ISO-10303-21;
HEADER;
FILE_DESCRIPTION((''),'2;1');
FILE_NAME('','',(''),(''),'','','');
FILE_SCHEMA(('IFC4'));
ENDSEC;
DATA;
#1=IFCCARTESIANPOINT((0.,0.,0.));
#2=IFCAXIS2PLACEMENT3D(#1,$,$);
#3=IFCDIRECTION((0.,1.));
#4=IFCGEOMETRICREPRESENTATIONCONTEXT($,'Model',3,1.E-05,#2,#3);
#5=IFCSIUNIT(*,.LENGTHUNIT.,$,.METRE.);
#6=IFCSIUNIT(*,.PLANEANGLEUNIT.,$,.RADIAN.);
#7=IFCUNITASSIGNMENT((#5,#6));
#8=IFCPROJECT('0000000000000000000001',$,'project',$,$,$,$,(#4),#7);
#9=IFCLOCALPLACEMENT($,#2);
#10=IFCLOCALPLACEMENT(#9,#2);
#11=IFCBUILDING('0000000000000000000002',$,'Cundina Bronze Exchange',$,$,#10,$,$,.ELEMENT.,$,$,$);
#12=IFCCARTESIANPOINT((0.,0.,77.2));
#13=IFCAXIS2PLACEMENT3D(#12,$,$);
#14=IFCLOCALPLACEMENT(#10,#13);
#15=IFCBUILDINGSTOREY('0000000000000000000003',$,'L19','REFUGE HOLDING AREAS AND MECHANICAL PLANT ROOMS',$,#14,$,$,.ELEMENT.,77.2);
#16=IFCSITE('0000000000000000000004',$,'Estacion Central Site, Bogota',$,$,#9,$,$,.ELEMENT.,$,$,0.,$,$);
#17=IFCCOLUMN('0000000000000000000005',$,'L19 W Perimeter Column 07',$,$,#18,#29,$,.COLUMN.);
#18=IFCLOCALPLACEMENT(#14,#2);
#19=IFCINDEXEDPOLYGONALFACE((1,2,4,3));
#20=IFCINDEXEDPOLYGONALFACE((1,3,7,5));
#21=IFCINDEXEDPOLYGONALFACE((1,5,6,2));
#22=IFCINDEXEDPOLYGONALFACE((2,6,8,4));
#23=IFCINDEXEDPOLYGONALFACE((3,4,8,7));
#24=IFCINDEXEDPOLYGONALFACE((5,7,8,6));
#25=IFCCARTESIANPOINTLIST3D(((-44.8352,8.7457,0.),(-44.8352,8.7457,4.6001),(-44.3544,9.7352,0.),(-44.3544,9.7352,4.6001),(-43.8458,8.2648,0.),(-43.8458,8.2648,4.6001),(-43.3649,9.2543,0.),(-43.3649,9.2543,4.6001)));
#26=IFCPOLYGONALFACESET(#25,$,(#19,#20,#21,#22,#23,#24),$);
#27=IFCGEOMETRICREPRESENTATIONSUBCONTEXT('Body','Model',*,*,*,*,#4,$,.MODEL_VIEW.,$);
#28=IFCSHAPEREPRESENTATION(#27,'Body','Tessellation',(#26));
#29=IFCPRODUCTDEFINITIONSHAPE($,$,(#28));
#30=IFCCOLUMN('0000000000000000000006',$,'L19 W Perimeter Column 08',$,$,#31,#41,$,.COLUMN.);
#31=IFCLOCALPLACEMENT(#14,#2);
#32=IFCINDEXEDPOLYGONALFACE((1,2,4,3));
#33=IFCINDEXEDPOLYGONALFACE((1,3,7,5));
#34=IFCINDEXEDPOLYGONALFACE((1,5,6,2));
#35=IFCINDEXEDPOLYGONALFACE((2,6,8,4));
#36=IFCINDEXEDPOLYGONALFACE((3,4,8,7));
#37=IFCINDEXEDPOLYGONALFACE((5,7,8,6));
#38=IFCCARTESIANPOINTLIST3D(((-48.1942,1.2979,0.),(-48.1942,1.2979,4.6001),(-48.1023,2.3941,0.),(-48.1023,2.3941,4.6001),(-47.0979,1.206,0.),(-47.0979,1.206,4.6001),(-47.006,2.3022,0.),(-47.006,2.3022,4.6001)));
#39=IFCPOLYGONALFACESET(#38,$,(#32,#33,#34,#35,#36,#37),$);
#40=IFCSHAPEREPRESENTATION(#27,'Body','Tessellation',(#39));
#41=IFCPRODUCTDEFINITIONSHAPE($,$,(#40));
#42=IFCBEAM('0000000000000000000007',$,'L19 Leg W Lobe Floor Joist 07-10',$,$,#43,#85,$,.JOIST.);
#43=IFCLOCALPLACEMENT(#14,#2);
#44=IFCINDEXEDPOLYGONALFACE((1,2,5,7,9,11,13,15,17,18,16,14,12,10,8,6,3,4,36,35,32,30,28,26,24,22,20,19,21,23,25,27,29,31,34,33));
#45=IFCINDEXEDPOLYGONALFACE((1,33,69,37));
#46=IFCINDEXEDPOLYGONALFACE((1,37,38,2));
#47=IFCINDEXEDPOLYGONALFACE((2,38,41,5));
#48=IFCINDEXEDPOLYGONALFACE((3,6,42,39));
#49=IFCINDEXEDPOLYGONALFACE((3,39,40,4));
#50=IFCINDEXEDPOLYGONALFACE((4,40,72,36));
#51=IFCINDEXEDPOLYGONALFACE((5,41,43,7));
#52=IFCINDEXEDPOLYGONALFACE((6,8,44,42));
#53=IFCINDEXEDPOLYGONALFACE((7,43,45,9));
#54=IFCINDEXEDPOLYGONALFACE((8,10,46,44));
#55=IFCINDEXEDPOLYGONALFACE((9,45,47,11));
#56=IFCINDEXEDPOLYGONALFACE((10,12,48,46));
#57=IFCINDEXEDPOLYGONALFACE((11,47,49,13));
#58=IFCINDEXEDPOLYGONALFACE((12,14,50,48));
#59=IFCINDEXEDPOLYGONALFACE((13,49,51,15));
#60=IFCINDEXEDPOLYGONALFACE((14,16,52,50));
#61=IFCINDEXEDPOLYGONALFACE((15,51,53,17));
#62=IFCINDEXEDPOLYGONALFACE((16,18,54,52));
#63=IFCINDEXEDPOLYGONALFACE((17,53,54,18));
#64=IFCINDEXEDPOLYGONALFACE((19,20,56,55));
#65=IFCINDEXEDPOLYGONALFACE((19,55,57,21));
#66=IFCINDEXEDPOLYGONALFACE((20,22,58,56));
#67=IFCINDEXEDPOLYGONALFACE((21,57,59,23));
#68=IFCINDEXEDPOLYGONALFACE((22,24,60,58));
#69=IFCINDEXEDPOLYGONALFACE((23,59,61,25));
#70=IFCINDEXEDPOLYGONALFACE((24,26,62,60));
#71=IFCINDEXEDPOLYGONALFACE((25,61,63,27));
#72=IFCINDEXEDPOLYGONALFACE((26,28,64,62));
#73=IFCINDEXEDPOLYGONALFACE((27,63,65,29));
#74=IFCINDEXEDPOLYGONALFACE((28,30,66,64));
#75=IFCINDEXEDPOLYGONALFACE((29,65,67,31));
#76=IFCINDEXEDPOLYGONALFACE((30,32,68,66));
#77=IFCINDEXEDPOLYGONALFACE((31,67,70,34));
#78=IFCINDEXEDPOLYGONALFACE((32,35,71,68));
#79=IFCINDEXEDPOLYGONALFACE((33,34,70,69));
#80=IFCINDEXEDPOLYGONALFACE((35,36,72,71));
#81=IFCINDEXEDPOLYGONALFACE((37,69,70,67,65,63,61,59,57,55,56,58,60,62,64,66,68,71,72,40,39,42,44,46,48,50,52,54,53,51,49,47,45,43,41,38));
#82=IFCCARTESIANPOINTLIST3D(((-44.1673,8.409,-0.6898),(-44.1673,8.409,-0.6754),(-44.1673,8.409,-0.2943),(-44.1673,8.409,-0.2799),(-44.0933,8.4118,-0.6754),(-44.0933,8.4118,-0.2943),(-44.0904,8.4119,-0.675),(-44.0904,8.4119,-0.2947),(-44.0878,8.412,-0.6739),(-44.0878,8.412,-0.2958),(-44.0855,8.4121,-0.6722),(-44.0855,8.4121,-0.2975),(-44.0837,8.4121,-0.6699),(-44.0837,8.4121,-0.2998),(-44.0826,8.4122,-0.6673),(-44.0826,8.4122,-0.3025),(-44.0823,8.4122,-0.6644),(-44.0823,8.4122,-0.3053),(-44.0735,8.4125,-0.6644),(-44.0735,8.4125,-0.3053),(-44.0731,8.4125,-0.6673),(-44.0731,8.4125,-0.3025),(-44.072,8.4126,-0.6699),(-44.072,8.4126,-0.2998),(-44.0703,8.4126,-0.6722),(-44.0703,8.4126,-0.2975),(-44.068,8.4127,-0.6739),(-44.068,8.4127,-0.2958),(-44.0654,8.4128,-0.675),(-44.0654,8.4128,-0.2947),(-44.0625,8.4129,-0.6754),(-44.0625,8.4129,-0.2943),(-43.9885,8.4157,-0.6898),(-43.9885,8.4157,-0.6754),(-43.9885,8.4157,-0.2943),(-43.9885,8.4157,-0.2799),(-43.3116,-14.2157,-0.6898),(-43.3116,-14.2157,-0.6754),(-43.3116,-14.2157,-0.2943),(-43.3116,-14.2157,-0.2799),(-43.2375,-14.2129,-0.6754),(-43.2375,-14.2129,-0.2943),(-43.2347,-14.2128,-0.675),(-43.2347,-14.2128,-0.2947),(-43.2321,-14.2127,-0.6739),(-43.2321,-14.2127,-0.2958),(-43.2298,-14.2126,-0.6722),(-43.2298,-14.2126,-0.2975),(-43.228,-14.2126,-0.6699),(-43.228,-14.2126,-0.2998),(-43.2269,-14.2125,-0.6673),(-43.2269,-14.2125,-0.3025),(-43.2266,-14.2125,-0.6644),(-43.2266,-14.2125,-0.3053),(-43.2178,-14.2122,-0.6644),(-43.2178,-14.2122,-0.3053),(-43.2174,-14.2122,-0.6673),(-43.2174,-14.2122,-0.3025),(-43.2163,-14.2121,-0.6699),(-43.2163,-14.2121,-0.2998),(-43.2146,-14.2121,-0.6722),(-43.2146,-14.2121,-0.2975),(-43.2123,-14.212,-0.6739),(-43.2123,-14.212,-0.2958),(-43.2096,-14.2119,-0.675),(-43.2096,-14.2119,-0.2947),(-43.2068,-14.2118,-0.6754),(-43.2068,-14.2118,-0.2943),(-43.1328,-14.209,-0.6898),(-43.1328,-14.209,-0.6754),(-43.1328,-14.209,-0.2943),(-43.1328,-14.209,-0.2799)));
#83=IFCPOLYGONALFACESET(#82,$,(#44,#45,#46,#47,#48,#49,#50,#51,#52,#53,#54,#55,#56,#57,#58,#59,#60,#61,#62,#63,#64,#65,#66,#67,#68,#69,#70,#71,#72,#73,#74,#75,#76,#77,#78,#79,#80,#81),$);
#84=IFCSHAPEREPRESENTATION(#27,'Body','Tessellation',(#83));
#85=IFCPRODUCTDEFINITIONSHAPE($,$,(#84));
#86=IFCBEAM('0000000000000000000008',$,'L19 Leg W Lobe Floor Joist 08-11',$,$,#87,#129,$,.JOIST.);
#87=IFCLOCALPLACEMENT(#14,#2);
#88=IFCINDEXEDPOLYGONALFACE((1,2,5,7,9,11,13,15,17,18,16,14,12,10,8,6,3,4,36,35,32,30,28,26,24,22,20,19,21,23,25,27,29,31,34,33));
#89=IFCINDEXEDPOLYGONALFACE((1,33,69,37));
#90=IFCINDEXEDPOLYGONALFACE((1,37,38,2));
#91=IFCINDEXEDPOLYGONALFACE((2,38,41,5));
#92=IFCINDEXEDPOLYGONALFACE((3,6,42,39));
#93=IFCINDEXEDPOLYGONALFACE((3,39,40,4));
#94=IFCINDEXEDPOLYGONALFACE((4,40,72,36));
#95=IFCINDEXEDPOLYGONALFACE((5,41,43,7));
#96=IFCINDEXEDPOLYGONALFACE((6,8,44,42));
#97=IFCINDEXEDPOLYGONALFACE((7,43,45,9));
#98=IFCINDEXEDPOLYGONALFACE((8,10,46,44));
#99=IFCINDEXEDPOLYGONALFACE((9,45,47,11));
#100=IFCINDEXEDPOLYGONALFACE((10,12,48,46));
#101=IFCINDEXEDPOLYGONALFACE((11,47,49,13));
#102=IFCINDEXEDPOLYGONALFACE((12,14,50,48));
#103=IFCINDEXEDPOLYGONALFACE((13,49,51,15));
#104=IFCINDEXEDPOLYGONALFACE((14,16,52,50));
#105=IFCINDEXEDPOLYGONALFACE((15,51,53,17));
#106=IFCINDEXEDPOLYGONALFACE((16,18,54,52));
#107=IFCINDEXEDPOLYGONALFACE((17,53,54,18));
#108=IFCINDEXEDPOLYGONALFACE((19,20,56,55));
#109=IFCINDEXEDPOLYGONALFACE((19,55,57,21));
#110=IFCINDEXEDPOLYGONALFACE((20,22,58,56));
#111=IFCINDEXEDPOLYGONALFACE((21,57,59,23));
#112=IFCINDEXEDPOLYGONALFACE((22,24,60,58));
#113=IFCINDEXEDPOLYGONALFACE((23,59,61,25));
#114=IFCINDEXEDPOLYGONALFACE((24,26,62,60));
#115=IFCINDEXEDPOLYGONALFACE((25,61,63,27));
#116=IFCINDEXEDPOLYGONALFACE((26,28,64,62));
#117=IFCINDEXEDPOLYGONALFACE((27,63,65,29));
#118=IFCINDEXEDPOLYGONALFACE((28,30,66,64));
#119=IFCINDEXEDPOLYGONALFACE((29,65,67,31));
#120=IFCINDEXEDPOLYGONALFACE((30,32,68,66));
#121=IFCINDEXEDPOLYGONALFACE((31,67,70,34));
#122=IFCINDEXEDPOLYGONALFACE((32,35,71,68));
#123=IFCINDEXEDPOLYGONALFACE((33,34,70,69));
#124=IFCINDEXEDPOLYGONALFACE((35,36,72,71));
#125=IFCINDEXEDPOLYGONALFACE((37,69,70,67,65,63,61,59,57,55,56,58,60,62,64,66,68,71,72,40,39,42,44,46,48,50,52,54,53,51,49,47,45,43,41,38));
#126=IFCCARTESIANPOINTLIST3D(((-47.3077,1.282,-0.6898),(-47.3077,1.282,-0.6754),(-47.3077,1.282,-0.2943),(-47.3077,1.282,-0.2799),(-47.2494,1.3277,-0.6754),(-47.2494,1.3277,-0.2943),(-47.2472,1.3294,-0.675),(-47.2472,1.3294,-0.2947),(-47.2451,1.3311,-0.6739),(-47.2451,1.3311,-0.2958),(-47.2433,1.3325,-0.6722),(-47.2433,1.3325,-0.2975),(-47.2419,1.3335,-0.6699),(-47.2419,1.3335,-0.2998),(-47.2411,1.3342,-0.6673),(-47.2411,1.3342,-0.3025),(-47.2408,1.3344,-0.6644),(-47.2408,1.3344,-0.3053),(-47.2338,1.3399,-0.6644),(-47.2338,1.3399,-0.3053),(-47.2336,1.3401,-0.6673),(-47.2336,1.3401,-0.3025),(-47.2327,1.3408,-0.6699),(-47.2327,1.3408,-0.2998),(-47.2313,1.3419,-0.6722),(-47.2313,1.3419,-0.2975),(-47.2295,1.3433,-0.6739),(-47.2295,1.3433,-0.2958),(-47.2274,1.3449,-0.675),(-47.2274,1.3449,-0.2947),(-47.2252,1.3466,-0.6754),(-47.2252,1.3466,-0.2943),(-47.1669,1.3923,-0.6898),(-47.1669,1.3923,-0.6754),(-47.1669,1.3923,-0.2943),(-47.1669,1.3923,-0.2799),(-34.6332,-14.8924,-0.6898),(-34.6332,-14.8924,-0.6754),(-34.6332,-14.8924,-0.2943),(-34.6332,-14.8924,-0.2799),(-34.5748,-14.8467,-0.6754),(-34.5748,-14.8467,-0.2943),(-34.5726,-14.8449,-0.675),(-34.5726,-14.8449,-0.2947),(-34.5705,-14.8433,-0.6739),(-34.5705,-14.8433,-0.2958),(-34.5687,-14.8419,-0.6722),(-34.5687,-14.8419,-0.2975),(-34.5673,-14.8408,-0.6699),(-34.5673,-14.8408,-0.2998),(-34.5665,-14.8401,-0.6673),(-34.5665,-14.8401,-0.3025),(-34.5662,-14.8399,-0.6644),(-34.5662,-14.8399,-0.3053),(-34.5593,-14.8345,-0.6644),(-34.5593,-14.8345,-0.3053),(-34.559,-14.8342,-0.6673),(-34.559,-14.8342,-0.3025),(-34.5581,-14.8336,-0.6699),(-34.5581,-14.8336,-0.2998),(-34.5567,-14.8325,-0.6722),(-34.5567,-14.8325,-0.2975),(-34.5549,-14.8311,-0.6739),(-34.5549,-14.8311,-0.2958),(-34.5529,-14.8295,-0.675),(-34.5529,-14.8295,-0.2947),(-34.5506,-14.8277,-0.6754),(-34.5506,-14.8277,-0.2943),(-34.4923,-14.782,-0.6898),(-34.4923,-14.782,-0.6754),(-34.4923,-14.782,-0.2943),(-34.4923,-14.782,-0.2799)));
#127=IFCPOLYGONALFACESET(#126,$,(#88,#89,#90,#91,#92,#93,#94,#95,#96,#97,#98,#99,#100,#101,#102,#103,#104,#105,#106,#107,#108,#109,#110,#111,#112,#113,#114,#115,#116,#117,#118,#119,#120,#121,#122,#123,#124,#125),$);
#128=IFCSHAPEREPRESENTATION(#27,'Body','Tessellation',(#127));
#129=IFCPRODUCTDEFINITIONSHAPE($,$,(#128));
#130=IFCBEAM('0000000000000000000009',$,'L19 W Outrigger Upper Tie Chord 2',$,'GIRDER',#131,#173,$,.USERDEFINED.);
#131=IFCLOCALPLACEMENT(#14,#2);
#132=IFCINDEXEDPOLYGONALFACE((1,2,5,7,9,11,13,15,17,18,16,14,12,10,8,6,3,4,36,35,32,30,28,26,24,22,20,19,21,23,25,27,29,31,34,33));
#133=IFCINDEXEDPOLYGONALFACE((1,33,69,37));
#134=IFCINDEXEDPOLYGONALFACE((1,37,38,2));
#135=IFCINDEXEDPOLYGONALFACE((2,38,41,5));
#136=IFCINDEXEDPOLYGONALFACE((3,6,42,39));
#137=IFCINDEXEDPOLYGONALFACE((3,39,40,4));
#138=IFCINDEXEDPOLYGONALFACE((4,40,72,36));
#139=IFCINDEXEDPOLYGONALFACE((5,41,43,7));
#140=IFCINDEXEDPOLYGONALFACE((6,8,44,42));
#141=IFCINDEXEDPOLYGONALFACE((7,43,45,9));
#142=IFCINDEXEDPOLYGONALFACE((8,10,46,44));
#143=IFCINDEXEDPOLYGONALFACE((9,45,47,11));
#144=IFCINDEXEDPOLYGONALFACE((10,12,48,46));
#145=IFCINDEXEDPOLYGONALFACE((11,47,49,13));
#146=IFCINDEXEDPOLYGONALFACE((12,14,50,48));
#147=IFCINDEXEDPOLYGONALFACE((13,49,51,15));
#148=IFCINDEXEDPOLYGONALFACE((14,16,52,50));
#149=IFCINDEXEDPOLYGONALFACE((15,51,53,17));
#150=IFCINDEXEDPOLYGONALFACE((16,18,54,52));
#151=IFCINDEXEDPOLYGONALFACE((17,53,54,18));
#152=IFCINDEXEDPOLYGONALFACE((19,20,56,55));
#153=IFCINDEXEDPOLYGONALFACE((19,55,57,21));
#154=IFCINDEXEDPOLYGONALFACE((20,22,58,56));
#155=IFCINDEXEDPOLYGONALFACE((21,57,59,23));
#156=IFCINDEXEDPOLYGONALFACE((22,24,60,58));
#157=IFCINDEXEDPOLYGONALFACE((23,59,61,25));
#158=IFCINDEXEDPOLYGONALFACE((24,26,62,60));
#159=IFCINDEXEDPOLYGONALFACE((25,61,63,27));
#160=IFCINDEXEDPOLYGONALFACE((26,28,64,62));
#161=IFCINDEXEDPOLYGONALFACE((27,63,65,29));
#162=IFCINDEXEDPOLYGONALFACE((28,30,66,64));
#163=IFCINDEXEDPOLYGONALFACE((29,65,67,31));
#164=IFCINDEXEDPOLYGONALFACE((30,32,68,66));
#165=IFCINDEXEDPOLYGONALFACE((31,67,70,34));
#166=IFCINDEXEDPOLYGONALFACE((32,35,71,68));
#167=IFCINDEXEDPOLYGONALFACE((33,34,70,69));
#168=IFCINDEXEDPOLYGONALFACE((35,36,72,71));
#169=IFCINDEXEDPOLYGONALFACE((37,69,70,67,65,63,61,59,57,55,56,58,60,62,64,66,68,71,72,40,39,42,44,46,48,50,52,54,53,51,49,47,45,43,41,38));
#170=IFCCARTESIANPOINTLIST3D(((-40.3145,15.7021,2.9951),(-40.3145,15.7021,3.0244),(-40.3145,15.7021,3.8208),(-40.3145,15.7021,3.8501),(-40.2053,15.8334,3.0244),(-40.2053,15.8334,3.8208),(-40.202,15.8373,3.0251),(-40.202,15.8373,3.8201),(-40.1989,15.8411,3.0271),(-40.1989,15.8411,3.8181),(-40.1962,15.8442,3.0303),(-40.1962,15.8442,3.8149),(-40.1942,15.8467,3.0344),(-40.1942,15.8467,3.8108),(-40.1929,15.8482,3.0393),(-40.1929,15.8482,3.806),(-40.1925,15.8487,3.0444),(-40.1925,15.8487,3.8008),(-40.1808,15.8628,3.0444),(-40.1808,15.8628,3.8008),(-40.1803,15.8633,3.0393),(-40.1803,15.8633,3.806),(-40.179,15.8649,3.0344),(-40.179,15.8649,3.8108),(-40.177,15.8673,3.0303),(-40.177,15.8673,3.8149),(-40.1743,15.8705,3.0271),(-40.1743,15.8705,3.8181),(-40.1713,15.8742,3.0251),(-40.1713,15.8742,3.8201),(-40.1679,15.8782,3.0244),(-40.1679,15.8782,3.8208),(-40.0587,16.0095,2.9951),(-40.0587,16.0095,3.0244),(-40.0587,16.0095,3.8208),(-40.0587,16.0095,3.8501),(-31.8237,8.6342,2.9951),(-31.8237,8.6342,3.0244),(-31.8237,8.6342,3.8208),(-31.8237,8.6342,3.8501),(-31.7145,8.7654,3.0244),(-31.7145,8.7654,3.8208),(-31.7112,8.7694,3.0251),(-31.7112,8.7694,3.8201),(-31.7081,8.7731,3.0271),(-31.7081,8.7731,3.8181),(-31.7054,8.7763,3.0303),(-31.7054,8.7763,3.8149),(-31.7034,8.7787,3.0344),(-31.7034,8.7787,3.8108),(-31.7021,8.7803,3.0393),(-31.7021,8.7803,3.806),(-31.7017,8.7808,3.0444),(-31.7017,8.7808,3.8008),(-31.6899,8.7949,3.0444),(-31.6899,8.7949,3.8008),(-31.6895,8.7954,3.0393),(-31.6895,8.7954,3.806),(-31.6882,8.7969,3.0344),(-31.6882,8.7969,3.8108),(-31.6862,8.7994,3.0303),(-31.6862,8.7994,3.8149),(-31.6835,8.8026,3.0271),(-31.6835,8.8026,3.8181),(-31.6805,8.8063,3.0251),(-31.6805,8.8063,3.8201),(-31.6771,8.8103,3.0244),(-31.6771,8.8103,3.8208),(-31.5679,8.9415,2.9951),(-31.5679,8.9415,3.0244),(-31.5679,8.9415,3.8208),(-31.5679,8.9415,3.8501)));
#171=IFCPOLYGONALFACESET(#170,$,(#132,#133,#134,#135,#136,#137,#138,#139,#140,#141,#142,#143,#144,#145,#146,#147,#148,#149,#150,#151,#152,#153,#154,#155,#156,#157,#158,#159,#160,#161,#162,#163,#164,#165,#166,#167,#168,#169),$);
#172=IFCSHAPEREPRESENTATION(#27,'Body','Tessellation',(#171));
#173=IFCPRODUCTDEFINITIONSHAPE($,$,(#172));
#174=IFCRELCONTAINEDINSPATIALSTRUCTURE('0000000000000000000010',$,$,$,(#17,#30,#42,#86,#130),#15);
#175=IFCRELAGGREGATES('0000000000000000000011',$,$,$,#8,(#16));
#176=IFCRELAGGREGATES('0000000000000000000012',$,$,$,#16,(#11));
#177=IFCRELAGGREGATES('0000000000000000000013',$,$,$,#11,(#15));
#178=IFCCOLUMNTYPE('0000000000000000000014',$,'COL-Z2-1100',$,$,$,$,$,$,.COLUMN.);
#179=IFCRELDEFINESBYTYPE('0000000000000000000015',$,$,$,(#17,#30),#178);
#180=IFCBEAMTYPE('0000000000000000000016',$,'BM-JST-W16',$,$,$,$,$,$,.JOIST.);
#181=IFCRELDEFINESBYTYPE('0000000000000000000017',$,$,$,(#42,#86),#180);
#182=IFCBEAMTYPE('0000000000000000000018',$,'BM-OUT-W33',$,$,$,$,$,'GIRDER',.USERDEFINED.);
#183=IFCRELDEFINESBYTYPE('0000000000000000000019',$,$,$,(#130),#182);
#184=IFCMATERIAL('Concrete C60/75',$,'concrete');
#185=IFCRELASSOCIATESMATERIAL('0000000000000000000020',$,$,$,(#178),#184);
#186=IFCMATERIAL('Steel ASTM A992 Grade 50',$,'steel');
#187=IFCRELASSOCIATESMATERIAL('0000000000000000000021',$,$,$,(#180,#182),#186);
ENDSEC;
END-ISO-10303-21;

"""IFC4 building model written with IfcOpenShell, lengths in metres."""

from ifc_helpers import new_model, si_unit, direction, frame, origin, origin_2d, place, context, subcontext, project, spatial, rectangle, i_section, extrude, material, material_profile, profile_set, type_object, element, save


model = new_model("IFC4")

# Units and contexts
model_context = context("Model", 3, precision=1e-05, world=origin(), true_north=direction((0.0, 1.0)))
body_context = subcontext(model_context, "Body", "Model", "MODEL_VIEW")
ifc_project = project(units=[si_unit("LENGTHUNIT", "METRE"), si_unit("PLANEANGLEUNIT", "RADIAN")], contexts=[model_context])

# Site, building, storey
site_placement = place(None, origin())
site = spatial("IfcSite", under=ifc_project, at=site_placement, Name="Estacion Central Site, Bogota", CompositionType="ELEMENT", RefElevation=0.0)
building_placement = place(site_placement, origin())
building = spatial("IfcBuilding", under=site, at=building_placement, Name="Cundina Bronze Exchange", CompositionType="ELEMENT")
storey_placement = place(building_placement, frame((0.0, 0.0, 77.2)))
storey = spatial("IfcBuildingStorey", under=building, at=storey_placement, Name="L19", Description="REFUGE HOLDING AREAS AND MECHANICAL PLANT ROOMS", CompositionType="ELEMENT", Elevation=77.2)

# Columns
ifc_material_1 = material(Name="Concrete C60/75", Category="concrete")
ifc_material_profile_1 = material_profile(ifc_material_1, rectangle(XDim=1.1001, YDim=1.1001, at=origin_2d()), Name="RC1100X1100", Category="concrete")
ifc_profile_set_1 = profile_set([ifc_material_profile_1], Name="Concrete C60/75")
column_type = type_object("IfcColumnType", Name="COL-Z2-1100", PredefinedType="COLUMN", material=ifc_profile_set_1)
for number, where, z_axis, x_axis, name in (
    (1, (-44.1001, 9.0, 0.0), (0.0, 0.0, 1.0), (-0.437116, -0.899405, 0.0), "L19 W Perimeter Column 07"),
    (2, (-47.6001, 1.8, 0.0), (0.0, 0.0, 1.0), (-0.083504, -0.996507, 0.0), "L19 W Perimeter Column 08"),
):
    element("IfcColumn", number, at=place(storey_placement, frame(where, z_axis=z_axis, x_axis=x_axis)), inside=storey, type_object=column_type, Name=name, PredefinedType="COLUMN", context=body_context, shape_type="SweptSolid", body=[
        extrude(rectangle(XDim=1.1001, YDim=1.1001, at=origin_2d()), origin(), (0.0, 0.0, 1.0), 4.6001),
    ])

# Beams
ifc_material_2 = material(Name="Steel ASTM A992 Grade 50", Category="steel")
ifc_material_profile_2 = material_profile(ifc_material_2, i_section(OverallWidth=0.179, OverallDepth=0.4099, WebThickness=0.0088, FlangeThickness=0.0144, FilletRadius=0.011, at=origin_2d()), Name="W16X45", Category="steel")
ifc_profile_set_2 = profile_set([ifc_material_profile_2], Name="Steel ASTM A992 Grade 50")
beam_type_1 = type_object("IfcBeamType", Name="BM-JST-W16", PredefinedType="JOIST", material=ifc_profile_set_2)
beam_1_placement = place(storey_placement, frame((-44.0779, 8.4124, -0.4849), z_axis=(0.037795, -0.999286, 0.0), x_axis=(0.999286, 0.037795, 0.0)))
element("IfcBeam", 3, at=beam_1_placement, inside=storey, type_object=beam_type_1, Name="L19 Leg W Lobe Floor Joist 07-10", PredefinedType="JOIST", context=body_context, shape_type="SweptSolid", body=[
    extrude(i_section(OverallWidth=0.179, OverallDepth=0.4099, WebThickness=0.0088, FlangeThickness=0.0144, FilletRadius=0.011, at=origin_2d()), origin(), (0.0, 0.0, 1.0), 22.6409),
])
beam_2_placement = place(storey_placement, frame((-47.2373, 1.3372, -0.4849), z_axis=(0.616803, -0.787117, 0.0), x_axis=(0.787117, 0.616803, 0.0)))
element("IfcBeam", 4, at=beam_2_placement, inside=storey, type_object=beam_type_1, Name="L19 Leg W Lobe Floor Joist 08-11", PredefinedType="JOIST", context=body_context, shape_type="SweptSolid", body=[
    extrude(i_section(OverallWidth=0.179, OverallDepth=0.4099, WebThickness=0.0088, FlangeThickness=0.0144, FilletRadius=0.011, at=origin_2d()), origin(), (0.0, 0.0, 1.0), 20.5488),
])
ifc_material_profile_3 = material_profile(ifc_material_2, i_section(OverallWidth=0.3999, OverallDepth=0.855, WebThickness=0.0183, FlangeThickness=0.0293, FilletRadius=0.02, at=origin_2d()), Name="W33X201", Category="steel")
ifc_profile_set_3 = profile_set([ifc_material_profile_3], Name="Steel ASTM A992 Grade 50")
beam_type_2 = type_object("IfcBeamType", Name="BM-OUT-W33", ElementType="GIRDER", PredefinedType="USERDEFINED", material=ifc_profile_set_3)
beam_3_placement = place(storey_placement, frame((-31.6958, 8.7878, 3.4226), z_axis=(-0.768565, 0.639771, 0.0), x_axis=(-0.639771, -0.768565, 0.0)))
element("IfcBeam", 5, at=beam_3_placement, inside=storey, type_object=beam_type_2, Name="L19 W Outrigger Upper Tie Chord 2", ObjectType="GIRDER", PredefinedType="USERDEFINED", context=body_context, shape_type="SweptSolid", body=[
    extrude(i_section(OverallWidth=0.3999, OverallDepth=0.855, WebThickness=0.0183, FlangeThickness=0.0293, FilletRadius=0.02, at=origin_2d()), origin(), (0.0, 0.0, 1.0), 11.0476),
])

save(model, "model.ifc")
